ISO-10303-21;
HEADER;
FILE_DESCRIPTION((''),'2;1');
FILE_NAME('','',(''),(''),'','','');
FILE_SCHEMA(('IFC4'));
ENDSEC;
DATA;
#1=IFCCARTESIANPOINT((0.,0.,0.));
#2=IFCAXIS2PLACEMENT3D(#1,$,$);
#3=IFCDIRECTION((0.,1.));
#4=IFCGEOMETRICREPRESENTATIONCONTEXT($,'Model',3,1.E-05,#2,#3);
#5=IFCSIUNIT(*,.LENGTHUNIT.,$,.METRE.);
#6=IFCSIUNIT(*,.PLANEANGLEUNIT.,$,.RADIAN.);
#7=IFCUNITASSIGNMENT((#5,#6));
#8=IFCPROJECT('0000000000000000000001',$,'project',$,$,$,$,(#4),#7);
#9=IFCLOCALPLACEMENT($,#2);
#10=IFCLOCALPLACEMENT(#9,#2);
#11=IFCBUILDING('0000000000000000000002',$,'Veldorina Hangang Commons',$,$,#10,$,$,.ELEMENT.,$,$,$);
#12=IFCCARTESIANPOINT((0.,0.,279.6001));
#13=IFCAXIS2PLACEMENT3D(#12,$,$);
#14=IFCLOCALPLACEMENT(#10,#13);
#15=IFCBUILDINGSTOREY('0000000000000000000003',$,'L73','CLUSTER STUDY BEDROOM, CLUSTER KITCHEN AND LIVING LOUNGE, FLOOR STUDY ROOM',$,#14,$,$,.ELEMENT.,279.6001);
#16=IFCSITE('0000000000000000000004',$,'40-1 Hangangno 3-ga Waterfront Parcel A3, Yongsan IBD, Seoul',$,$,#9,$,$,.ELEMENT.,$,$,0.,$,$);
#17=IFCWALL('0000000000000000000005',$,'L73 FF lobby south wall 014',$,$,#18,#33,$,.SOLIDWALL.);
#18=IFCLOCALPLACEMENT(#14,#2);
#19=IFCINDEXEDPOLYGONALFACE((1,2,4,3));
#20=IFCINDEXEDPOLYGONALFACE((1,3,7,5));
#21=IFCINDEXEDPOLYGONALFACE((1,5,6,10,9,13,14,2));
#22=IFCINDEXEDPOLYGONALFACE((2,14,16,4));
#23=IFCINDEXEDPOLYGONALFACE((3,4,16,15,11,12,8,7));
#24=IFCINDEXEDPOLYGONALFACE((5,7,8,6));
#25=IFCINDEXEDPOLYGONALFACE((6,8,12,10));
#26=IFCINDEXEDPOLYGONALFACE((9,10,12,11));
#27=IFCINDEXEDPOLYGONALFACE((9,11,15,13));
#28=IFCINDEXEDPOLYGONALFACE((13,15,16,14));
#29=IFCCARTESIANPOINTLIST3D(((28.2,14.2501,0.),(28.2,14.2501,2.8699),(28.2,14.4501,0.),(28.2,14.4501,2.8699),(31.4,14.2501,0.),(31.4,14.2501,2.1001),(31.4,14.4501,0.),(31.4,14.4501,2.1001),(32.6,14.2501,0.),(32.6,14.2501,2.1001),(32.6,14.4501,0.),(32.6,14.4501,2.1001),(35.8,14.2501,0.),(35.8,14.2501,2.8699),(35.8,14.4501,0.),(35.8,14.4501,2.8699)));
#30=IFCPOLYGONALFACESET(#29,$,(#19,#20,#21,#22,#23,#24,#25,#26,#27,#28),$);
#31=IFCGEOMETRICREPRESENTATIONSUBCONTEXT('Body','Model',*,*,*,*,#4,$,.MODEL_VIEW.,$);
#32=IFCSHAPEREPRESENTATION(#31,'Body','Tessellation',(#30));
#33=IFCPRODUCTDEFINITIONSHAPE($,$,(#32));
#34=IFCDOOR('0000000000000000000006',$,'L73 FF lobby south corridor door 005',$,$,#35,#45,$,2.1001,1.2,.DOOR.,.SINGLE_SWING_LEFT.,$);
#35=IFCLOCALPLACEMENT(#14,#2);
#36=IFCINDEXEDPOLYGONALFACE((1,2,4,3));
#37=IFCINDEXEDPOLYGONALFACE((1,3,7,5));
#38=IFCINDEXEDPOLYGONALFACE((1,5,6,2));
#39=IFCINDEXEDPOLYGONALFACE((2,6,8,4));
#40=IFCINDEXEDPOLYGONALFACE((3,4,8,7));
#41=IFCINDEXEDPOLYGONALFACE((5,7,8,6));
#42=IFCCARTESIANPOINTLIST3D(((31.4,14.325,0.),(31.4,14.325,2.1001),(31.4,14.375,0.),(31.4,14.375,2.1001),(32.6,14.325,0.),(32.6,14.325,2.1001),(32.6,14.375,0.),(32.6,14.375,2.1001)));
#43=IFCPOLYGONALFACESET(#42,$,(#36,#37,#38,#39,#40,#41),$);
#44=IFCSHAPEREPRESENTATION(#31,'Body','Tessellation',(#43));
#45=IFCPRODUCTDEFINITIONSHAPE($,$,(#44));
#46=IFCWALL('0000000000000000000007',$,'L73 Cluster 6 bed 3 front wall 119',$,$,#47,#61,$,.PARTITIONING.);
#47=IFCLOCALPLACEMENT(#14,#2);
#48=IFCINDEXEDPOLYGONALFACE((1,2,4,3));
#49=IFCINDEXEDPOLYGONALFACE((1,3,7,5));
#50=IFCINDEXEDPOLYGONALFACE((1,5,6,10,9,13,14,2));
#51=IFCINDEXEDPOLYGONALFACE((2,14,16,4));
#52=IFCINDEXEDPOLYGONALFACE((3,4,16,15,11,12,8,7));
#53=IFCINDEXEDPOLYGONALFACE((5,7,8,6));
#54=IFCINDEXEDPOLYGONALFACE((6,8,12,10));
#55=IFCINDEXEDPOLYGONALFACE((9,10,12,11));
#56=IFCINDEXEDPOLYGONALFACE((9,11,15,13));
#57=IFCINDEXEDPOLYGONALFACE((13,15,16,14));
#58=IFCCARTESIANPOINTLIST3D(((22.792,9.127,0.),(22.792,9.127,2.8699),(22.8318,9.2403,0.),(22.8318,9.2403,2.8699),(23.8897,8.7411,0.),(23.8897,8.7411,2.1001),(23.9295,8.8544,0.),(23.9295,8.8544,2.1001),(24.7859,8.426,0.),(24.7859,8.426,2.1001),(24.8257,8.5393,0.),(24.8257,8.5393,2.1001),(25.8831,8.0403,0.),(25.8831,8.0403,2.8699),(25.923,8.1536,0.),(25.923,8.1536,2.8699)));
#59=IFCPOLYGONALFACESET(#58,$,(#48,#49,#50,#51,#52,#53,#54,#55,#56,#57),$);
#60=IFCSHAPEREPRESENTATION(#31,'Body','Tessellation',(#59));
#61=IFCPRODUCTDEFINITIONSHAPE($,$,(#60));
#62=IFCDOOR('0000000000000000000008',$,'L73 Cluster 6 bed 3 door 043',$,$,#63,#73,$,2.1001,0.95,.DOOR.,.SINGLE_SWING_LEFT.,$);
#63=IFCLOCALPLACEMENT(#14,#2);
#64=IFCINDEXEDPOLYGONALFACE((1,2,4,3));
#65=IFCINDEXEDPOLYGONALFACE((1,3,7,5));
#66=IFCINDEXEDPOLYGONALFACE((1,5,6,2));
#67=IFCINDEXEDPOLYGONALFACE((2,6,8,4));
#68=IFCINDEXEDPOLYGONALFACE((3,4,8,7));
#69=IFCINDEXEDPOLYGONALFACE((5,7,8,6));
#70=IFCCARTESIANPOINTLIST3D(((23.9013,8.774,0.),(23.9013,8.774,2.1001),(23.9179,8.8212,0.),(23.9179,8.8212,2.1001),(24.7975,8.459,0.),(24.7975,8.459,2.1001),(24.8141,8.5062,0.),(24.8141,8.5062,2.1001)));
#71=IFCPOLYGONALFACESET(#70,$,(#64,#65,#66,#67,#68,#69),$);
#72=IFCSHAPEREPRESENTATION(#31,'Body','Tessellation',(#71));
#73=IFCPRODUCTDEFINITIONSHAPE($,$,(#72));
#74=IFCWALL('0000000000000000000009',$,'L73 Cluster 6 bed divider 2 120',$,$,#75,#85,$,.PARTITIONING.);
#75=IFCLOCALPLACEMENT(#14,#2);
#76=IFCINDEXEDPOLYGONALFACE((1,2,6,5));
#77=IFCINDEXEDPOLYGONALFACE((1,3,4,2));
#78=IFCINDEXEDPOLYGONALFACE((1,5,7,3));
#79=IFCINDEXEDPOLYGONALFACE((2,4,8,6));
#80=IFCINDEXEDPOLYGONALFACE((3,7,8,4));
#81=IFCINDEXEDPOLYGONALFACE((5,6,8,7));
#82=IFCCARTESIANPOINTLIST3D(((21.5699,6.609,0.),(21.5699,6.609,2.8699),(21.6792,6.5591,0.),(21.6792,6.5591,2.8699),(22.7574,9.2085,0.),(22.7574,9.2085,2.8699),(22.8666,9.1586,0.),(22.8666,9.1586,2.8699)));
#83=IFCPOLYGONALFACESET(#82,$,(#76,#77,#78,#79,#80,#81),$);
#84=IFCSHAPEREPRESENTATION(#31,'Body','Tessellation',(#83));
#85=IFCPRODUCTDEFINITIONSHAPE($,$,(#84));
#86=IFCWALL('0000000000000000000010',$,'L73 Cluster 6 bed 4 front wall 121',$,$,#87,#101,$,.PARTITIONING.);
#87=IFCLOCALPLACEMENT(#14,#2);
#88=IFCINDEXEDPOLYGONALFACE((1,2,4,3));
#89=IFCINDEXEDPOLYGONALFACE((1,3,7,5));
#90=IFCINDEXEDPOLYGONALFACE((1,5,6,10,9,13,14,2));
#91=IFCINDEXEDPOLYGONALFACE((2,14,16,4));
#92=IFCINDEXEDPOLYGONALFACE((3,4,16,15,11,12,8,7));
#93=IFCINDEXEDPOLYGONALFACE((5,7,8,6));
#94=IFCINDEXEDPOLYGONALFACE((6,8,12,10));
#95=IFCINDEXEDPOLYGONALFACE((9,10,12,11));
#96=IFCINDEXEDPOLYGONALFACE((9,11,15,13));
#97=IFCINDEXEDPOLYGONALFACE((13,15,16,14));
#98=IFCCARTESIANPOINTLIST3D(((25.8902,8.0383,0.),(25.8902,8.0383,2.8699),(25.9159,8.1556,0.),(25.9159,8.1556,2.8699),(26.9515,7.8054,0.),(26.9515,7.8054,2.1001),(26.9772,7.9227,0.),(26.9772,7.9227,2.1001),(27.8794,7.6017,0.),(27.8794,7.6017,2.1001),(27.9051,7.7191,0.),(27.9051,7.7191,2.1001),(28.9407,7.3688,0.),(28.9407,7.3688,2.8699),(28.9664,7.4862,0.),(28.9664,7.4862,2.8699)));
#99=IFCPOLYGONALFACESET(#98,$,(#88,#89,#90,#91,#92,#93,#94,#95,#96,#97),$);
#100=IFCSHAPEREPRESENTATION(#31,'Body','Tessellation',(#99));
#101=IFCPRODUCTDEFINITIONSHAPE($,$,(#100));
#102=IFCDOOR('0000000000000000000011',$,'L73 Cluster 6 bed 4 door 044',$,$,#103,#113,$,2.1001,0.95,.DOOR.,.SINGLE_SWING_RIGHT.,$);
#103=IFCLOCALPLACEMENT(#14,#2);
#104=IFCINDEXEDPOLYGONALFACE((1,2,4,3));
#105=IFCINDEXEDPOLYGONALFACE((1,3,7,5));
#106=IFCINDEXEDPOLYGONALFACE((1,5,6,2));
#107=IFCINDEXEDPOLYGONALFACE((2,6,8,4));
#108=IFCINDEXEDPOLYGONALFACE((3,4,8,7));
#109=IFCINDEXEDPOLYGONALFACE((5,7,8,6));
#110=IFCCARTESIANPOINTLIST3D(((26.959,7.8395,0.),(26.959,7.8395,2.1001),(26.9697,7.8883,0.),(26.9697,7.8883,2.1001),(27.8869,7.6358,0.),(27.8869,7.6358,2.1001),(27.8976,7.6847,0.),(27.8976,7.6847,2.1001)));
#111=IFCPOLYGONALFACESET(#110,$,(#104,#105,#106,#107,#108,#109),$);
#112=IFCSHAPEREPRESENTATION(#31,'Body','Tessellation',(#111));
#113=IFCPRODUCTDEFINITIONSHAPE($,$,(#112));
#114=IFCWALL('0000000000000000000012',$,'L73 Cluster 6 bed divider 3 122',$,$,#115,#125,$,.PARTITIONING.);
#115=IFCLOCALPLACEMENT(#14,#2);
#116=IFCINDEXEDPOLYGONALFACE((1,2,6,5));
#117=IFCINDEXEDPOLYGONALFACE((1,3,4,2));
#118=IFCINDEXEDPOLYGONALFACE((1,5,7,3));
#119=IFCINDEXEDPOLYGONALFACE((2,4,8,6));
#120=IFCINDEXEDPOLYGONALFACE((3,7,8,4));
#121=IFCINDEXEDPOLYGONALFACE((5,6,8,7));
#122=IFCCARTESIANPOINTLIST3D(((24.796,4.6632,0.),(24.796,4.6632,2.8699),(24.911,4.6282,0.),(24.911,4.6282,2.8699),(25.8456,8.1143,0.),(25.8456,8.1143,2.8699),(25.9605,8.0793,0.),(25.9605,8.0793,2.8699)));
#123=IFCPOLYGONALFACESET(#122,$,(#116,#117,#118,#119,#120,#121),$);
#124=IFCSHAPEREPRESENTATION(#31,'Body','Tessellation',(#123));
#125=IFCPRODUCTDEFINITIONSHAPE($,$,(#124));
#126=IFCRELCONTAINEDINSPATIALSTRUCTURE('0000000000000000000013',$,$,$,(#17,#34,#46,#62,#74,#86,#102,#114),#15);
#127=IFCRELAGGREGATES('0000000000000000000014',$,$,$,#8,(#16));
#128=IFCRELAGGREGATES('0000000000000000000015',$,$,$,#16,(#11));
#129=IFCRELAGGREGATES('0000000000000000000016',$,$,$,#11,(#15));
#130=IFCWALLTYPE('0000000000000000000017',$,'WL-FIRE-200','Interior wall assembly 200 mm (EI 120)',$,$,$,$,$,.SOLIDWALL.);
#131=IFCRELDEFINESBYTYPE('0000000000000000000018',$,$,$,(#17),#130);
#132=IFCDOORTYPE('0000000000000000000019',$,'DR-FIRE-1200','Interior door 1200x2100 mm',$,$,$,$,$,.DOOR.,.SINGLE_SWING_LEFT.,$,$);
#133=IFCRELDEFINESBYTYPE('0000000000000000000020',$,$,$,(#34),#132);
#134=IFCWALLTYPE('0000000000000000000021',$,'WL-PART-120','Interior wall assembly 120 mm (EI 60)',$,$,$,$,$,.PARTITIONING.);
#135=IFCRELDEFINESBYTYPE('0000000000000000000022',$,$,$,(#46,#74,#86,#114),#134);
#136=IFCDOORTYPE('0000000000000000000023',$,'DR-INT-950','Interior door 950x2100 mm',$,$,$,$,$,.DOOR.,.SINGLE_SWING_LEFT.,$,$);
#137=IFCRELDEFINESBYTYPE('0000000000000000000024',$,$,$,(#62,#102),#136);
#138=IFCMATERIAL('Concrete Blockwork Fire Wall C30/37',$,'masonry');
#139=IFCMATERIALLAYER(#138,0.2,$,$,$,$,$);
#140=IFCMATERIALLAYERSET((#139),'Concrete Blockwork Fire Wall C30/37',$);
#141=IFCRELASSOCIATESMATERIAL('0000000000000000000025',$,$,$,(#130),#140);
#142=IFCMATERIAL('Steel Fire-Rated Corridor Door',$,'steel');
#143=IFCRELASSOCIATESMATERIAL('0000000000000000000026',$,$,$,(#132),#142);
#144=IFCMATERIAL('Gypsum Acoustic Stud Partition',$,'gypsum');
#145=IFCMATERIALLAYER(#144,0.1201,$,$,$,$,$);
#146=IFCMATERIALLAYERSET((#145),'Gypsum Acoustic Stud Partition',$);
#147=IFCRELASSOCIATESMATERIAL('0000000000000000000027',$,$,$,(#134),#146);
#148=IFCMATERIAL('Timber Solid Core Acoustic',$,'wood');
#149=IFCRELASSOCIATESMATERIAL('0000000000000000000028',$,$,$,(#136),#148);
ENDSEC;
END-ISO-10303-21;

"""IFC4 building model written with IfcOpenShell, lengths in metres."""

from ifc_helpers import new_model, si_unit, direction, frame, frame_2d, origin, place, context, subcontext, project, spatial, rectangle, extrude, material, layer, layer_set, type_object, element, fill, save


model = new_model("IFC4")

# Units and contexts
model_context = context("Model", 3, precision=1e-05, world=origin(), true_north=direction((0.0, 1.0)))
body_context = subcontext(model_context, "Body", "Model", "MODEL_VIEW")
ifc_project = project(units=[si_unit("LENGTHUNIT", "METRE"), si_unit("PLANEANGLEUNIT", "RADIAN")], contexts=[model_context])

# Site, building, storey
site_placement = place(None, origin())
site = spatial("IfcSite", under=ifc_project, at=site_placement, Name="40-1 Hangangno 3-ga Waterfront Parcel A3, Yongsan IBD, Seoul", CompositionType="ELEMENT", RefElevation=0.0)
building_placement = place(site_placement, origin())
building = spatial("IfcBuilding", under=site, at=building_placement, Name="Veldorina Hangang Commons", CompositionType="ELEMENT")
storey_placement = place(building_placement, frame((0.0, 0.0, 279.6001)))
storey = spatial("IfcBuildingStorey", under=building, at=storey_placement, Name="L73", Description="CLUSTER STUDY BEDROOM, CLUSTER KITCHEN AND LIVING LOUNGE, FLOOR STUDY ROOM", CompositionType="ELEMENT", Elevation=279.6001)

# Shared definitions
ifc_material_1 = material(Name="Concrete Blockwork Fire Wall C30/37", Category="masonry")
ifc_layer_1 = layer(ifc_material_1, 0.2)
ifc_layer_set_1 = layer_set([ifc_layer_1], Name="Concrete Blockwork Fire Wall C30/37")
wall_type_1 = type_object("IfcWallType", Name="WL-FIRE-200", Description="Interior wall assembly 200 mm (EI 120)", PredefinedType="SOLIDWALL", material=ifc_layer_set_1)

# Walls, openings, doors
wall_1_placement = place(storey_placement, frame((28.2, 14.3501, 0.0), z_axis=(0.0, 0.0, 1.0), x_axis=(1.0, 0.0, 0.0)))
wall_1 = element("IfcWall", 1, at=wall_1_placement, inside=storey, type_object=wall_type_1, Name="L73 FF lobby south wall 014", PredefinedType="SOLIDWALL", context=body_context, shape_type="SweptSolid", body=[
    extrude(rectangle(XDim=7.6001, YDim=0.2, at=frame_2d((3.8, 0.0))), origin(), (0.0, 0.0, 1.0), 2.8699),
])
opening_1_placement = place(wall_1_placement, frame((3.2, 0.0, 0.0)))
opening_1 = element("IfcOpeningElement", 2, at=opening_1_placement, cuts=wall_1, PredefinedType="OPENING", context=body_context, shape_type="SweptSolid", body=[
    extrude(rectangle(XDim=1.2, YDim=2.1001, at=frame_2d((0.6001, 1.05))), frame((0.0, 0.1099, 0.0), z_axis=(0.0, -1.0, 0.0), x_axis=(1.0, 0.0, 0.0)), (0.0, 0.0, 1.0), 0.22),
])
ifc_material_2 = material(Name="Steel Fire-Rated Corridor Door", Category="steel")
door_type_1 = type_object("IfcDoorType", Name="DR-FIRE-1200", Description="Interior door 1200x2100 mm", OperationType="SINGLE_SWING_LEFT", PredefinedType="DOOR", material=ifc_material_2)
door_1_placement = place(opening_1_placement, origin())
door_1 = element("IfcDoor", 3, at=door_1_placement, inside=storey, type_object=door_type_1, Name="L73 FF lobby south corridor door 005", OperationType="SINGLE_SWING_LEFT", OverallHeight=2.1001, OverallWidth=1.2, PredefinedType="DOOR", context=body_context, shape_type="SweptSolid", body=[
    extrude(rectangle(XDim=1.2, YDim=2.1001, at=frame_2d((0.6001, 1.05))), frame((0.0, 0.0249, 0.0), z_axis=(0.0, -1.0, 0.0), x_axis=(1.0, 0.0, 0.0)), (0.0, 0.0, 1.0), 0.05),
])
fill(opening_1, door_1)
ifc_material_3 = material(Name="Gypsum Acoustic Stud Partition", Category="gypsum")
ifc_layer_2 = layer(ifc_material_3, 0.1201)
ifc_layer_set_2 = layer_set([ifc_layer_2], Name="Gypsum Acoustic Stud Partition")
wall_type_2 = type_object("IfcWallType", Name="WL-PART-120", Description="Interior wall assembly 120 mm (EI 60)", PredefinedType="PARTITIONING", material=ifc_layer_set_2)
wall_2_placement = place(storey_placement, frame((22.812, 9.1836, 0.0), z_axis=(0.0, 0.0, 1.0), x_axis=(0.943401, -0.331654, 0.0)))
wall_2 = element("IfcWall", 4, at=wall_2_placement, inside=storey, type_object=wall_type_2, Name="L73 Cluster 6 bed 3 front wall 119", PredefinedType="PARTITIONING", context=body_context, shape_type="SweptSolid", body=[
    extrude(rectangle(XDim=3.2766, YDim=0.1201, at=frame_2d((1.6382, 0.0))), origin(), (0.0, 0.0, 1.0), 2.8699),
])
opening_2_placement = place(wall_2_placement, frame((1.1633, 0.0, 0.0)))
opening_2 = element("IfcOpeningElement", 5, at=opening_2_placement, cuts=wall_2, PredefinedType="OPENING", context=body_context, shape_type="SweptSolid", body=[
    extrude(rectangle(XDim=0.95, YDim=2.1001, at=frame_2d((0.4751, 1.05))), frame((0.0, 0.0701, 0.0), z_axis=(0.0, -1.0, 0.0), x_axis=(1.0, 0.0, 0.0)), (0.0, 0.0, 1.0), 0.1401),
])
ifc_material_4 = material(Name="Timber Solid Core Acoustic", Category="wood")
door_type_2 = type_object("IfcDoorType", Name="DR-INT-950", Description="Interior door 950x2100 mm", OperationType="SINGLE_SWING_LEFT", PredefinedType="DOOR", material=ifc_material_4)
door_2_placement = place(opening_2_placement, origin())
door_2 = element("IfcDoor", 6, at=door_2_placement, inside=storey, type_object=door_type_2, Name="L73 Cluster 6 bed 3 door 043", OperationType="SINGLE_SWING_LEFT", OverallHeight=2.1001, OverallWidth=0.95, PredefinedType="DOOR", context=body_context, shape_type="SweptSolid", body=[
    extrude(rectangle(XDim=0.95, YDim=2.1001, at=frame_2d((0.4751, 1.05))), frame((0.0, 0.0249, 0.0), z_axis=(0.0, -1.0, 0.0), x_axis=(1.0, 0.0, 0.0)), (0.0, 0.0, 1.0), 0.05),
])
fill(opening_2, door_2)

# Wall
wall_3_placement = place(storey_placement, frame((22.812, 9.1836, 0.0), z_axis=(0.0, 0.0, 1.0), x_axis=(-0.415501, -0.909593, 0.0)))
element("IfcWall", 7, at=wall_3_placement, inside=storey, type_object=wall_type_2, Name="L73 Cluster 6 bed divider 2 120", PredefinedType="PARTITIONING", context=body_context, shape_type="SweptSolid", body=[
    extrude(rectangle(XDim=2.8579, YDim=0.1201, at=frame_2d((1.429, 0.0))), origin(), (0.0, 0.0, 1.0), 2.8699),
])

# Wall, opening, door
wall_4_placement = place(storey_placement, frame((25.9031, 8.0969, 0.0), z_axis=(0.0, 0.0, 1.0), x_axis=(0.976758, -0.214347, 0.0)))
wall_4 = element("IfcWall", 8, at=wall_4_placement, inside=storey, type_object=wall_type_2, Name="L73 Cluster 6 bed 4 front wall 121", PredefinedType="PARTITIONING", context=body_context, shape_type="SweptSolid", body=[
    extrude(rectangle(XDim=3.123, YDim=0.1201, at=frame_2d((1.5615, 0.0))), origin(), (0.0, 0.0, 1.0), 2.8699),
])
opening_3_placement = place(wall_4_placement, frame((1.0864, 0.0, 0.0)))
opening_3 = element("IfcOpeningElement", 9, at=opening_3_placement, cuts=wall_4, PredefinedType="OPENING", context=body_context, shape_type="SweptSolid", body=[
    extrude(rectangle(XDim=0.95, YDim=2.1001, at=frame_2d((0.4751, 1.05))), frame((0.0, 0.0701, 0.0), z_axis=(0.0, -1.0, 0.0), x_axis=(1.0, 0.0, 0.0)), (0.0, 0.0, 1.0), 0.1401),
])
door_3_placement = place(opening_3_placement, origin())
door_3 = element("IfcDoor", 10, at=door_3_placement, inside=storey, type_object=door_type_2, Name="L73 Cluster 6 bed 4 door 044", OperationType="SINGLE_SWING_RIGHT", OverallHeight=2.1001, OverallWidth=0.95, PredefinedType="DOOR", context=body_context, shape_type="SweptSolid", body=[
    extrude(rectangle(XDim=0.95, YDim=2.1001, at=frame_2d((0.4751, 1.05))), frame((0.0, 0.0249, 0.0), z_axis=(0.0, -1.0, 0.0), x_axis=(1.0, 0.0, 0.0)), (0.0, 0.0, 1.0), 0.05),
])
fill(opening_3, door_3)

# Wall
wall_5_placement = place(storey_placement, frame((25.9031, 8.0969, 0.0), z_axis=(0.0, 0.0, 1.0), x_axis=(-0.29096, -0.956735, 0.0)))
element("IfcWall", 11, at=wall_5_placement, inside=storey, type_object=wall_type_2, Name="L73 Cluster 6 bed divider 3 122", PredefinedType="PARTITIONING", context=body_context, shape_type="SweptSolid", body=[
    extrude(rectangle(XDim=3.6072, YDim=0.1201, at=frame_2d((1.8037, 0.0))), origin(), (0.0, 0.0, 1.0), 2.8699),
])

save(model, "model.ifc")
